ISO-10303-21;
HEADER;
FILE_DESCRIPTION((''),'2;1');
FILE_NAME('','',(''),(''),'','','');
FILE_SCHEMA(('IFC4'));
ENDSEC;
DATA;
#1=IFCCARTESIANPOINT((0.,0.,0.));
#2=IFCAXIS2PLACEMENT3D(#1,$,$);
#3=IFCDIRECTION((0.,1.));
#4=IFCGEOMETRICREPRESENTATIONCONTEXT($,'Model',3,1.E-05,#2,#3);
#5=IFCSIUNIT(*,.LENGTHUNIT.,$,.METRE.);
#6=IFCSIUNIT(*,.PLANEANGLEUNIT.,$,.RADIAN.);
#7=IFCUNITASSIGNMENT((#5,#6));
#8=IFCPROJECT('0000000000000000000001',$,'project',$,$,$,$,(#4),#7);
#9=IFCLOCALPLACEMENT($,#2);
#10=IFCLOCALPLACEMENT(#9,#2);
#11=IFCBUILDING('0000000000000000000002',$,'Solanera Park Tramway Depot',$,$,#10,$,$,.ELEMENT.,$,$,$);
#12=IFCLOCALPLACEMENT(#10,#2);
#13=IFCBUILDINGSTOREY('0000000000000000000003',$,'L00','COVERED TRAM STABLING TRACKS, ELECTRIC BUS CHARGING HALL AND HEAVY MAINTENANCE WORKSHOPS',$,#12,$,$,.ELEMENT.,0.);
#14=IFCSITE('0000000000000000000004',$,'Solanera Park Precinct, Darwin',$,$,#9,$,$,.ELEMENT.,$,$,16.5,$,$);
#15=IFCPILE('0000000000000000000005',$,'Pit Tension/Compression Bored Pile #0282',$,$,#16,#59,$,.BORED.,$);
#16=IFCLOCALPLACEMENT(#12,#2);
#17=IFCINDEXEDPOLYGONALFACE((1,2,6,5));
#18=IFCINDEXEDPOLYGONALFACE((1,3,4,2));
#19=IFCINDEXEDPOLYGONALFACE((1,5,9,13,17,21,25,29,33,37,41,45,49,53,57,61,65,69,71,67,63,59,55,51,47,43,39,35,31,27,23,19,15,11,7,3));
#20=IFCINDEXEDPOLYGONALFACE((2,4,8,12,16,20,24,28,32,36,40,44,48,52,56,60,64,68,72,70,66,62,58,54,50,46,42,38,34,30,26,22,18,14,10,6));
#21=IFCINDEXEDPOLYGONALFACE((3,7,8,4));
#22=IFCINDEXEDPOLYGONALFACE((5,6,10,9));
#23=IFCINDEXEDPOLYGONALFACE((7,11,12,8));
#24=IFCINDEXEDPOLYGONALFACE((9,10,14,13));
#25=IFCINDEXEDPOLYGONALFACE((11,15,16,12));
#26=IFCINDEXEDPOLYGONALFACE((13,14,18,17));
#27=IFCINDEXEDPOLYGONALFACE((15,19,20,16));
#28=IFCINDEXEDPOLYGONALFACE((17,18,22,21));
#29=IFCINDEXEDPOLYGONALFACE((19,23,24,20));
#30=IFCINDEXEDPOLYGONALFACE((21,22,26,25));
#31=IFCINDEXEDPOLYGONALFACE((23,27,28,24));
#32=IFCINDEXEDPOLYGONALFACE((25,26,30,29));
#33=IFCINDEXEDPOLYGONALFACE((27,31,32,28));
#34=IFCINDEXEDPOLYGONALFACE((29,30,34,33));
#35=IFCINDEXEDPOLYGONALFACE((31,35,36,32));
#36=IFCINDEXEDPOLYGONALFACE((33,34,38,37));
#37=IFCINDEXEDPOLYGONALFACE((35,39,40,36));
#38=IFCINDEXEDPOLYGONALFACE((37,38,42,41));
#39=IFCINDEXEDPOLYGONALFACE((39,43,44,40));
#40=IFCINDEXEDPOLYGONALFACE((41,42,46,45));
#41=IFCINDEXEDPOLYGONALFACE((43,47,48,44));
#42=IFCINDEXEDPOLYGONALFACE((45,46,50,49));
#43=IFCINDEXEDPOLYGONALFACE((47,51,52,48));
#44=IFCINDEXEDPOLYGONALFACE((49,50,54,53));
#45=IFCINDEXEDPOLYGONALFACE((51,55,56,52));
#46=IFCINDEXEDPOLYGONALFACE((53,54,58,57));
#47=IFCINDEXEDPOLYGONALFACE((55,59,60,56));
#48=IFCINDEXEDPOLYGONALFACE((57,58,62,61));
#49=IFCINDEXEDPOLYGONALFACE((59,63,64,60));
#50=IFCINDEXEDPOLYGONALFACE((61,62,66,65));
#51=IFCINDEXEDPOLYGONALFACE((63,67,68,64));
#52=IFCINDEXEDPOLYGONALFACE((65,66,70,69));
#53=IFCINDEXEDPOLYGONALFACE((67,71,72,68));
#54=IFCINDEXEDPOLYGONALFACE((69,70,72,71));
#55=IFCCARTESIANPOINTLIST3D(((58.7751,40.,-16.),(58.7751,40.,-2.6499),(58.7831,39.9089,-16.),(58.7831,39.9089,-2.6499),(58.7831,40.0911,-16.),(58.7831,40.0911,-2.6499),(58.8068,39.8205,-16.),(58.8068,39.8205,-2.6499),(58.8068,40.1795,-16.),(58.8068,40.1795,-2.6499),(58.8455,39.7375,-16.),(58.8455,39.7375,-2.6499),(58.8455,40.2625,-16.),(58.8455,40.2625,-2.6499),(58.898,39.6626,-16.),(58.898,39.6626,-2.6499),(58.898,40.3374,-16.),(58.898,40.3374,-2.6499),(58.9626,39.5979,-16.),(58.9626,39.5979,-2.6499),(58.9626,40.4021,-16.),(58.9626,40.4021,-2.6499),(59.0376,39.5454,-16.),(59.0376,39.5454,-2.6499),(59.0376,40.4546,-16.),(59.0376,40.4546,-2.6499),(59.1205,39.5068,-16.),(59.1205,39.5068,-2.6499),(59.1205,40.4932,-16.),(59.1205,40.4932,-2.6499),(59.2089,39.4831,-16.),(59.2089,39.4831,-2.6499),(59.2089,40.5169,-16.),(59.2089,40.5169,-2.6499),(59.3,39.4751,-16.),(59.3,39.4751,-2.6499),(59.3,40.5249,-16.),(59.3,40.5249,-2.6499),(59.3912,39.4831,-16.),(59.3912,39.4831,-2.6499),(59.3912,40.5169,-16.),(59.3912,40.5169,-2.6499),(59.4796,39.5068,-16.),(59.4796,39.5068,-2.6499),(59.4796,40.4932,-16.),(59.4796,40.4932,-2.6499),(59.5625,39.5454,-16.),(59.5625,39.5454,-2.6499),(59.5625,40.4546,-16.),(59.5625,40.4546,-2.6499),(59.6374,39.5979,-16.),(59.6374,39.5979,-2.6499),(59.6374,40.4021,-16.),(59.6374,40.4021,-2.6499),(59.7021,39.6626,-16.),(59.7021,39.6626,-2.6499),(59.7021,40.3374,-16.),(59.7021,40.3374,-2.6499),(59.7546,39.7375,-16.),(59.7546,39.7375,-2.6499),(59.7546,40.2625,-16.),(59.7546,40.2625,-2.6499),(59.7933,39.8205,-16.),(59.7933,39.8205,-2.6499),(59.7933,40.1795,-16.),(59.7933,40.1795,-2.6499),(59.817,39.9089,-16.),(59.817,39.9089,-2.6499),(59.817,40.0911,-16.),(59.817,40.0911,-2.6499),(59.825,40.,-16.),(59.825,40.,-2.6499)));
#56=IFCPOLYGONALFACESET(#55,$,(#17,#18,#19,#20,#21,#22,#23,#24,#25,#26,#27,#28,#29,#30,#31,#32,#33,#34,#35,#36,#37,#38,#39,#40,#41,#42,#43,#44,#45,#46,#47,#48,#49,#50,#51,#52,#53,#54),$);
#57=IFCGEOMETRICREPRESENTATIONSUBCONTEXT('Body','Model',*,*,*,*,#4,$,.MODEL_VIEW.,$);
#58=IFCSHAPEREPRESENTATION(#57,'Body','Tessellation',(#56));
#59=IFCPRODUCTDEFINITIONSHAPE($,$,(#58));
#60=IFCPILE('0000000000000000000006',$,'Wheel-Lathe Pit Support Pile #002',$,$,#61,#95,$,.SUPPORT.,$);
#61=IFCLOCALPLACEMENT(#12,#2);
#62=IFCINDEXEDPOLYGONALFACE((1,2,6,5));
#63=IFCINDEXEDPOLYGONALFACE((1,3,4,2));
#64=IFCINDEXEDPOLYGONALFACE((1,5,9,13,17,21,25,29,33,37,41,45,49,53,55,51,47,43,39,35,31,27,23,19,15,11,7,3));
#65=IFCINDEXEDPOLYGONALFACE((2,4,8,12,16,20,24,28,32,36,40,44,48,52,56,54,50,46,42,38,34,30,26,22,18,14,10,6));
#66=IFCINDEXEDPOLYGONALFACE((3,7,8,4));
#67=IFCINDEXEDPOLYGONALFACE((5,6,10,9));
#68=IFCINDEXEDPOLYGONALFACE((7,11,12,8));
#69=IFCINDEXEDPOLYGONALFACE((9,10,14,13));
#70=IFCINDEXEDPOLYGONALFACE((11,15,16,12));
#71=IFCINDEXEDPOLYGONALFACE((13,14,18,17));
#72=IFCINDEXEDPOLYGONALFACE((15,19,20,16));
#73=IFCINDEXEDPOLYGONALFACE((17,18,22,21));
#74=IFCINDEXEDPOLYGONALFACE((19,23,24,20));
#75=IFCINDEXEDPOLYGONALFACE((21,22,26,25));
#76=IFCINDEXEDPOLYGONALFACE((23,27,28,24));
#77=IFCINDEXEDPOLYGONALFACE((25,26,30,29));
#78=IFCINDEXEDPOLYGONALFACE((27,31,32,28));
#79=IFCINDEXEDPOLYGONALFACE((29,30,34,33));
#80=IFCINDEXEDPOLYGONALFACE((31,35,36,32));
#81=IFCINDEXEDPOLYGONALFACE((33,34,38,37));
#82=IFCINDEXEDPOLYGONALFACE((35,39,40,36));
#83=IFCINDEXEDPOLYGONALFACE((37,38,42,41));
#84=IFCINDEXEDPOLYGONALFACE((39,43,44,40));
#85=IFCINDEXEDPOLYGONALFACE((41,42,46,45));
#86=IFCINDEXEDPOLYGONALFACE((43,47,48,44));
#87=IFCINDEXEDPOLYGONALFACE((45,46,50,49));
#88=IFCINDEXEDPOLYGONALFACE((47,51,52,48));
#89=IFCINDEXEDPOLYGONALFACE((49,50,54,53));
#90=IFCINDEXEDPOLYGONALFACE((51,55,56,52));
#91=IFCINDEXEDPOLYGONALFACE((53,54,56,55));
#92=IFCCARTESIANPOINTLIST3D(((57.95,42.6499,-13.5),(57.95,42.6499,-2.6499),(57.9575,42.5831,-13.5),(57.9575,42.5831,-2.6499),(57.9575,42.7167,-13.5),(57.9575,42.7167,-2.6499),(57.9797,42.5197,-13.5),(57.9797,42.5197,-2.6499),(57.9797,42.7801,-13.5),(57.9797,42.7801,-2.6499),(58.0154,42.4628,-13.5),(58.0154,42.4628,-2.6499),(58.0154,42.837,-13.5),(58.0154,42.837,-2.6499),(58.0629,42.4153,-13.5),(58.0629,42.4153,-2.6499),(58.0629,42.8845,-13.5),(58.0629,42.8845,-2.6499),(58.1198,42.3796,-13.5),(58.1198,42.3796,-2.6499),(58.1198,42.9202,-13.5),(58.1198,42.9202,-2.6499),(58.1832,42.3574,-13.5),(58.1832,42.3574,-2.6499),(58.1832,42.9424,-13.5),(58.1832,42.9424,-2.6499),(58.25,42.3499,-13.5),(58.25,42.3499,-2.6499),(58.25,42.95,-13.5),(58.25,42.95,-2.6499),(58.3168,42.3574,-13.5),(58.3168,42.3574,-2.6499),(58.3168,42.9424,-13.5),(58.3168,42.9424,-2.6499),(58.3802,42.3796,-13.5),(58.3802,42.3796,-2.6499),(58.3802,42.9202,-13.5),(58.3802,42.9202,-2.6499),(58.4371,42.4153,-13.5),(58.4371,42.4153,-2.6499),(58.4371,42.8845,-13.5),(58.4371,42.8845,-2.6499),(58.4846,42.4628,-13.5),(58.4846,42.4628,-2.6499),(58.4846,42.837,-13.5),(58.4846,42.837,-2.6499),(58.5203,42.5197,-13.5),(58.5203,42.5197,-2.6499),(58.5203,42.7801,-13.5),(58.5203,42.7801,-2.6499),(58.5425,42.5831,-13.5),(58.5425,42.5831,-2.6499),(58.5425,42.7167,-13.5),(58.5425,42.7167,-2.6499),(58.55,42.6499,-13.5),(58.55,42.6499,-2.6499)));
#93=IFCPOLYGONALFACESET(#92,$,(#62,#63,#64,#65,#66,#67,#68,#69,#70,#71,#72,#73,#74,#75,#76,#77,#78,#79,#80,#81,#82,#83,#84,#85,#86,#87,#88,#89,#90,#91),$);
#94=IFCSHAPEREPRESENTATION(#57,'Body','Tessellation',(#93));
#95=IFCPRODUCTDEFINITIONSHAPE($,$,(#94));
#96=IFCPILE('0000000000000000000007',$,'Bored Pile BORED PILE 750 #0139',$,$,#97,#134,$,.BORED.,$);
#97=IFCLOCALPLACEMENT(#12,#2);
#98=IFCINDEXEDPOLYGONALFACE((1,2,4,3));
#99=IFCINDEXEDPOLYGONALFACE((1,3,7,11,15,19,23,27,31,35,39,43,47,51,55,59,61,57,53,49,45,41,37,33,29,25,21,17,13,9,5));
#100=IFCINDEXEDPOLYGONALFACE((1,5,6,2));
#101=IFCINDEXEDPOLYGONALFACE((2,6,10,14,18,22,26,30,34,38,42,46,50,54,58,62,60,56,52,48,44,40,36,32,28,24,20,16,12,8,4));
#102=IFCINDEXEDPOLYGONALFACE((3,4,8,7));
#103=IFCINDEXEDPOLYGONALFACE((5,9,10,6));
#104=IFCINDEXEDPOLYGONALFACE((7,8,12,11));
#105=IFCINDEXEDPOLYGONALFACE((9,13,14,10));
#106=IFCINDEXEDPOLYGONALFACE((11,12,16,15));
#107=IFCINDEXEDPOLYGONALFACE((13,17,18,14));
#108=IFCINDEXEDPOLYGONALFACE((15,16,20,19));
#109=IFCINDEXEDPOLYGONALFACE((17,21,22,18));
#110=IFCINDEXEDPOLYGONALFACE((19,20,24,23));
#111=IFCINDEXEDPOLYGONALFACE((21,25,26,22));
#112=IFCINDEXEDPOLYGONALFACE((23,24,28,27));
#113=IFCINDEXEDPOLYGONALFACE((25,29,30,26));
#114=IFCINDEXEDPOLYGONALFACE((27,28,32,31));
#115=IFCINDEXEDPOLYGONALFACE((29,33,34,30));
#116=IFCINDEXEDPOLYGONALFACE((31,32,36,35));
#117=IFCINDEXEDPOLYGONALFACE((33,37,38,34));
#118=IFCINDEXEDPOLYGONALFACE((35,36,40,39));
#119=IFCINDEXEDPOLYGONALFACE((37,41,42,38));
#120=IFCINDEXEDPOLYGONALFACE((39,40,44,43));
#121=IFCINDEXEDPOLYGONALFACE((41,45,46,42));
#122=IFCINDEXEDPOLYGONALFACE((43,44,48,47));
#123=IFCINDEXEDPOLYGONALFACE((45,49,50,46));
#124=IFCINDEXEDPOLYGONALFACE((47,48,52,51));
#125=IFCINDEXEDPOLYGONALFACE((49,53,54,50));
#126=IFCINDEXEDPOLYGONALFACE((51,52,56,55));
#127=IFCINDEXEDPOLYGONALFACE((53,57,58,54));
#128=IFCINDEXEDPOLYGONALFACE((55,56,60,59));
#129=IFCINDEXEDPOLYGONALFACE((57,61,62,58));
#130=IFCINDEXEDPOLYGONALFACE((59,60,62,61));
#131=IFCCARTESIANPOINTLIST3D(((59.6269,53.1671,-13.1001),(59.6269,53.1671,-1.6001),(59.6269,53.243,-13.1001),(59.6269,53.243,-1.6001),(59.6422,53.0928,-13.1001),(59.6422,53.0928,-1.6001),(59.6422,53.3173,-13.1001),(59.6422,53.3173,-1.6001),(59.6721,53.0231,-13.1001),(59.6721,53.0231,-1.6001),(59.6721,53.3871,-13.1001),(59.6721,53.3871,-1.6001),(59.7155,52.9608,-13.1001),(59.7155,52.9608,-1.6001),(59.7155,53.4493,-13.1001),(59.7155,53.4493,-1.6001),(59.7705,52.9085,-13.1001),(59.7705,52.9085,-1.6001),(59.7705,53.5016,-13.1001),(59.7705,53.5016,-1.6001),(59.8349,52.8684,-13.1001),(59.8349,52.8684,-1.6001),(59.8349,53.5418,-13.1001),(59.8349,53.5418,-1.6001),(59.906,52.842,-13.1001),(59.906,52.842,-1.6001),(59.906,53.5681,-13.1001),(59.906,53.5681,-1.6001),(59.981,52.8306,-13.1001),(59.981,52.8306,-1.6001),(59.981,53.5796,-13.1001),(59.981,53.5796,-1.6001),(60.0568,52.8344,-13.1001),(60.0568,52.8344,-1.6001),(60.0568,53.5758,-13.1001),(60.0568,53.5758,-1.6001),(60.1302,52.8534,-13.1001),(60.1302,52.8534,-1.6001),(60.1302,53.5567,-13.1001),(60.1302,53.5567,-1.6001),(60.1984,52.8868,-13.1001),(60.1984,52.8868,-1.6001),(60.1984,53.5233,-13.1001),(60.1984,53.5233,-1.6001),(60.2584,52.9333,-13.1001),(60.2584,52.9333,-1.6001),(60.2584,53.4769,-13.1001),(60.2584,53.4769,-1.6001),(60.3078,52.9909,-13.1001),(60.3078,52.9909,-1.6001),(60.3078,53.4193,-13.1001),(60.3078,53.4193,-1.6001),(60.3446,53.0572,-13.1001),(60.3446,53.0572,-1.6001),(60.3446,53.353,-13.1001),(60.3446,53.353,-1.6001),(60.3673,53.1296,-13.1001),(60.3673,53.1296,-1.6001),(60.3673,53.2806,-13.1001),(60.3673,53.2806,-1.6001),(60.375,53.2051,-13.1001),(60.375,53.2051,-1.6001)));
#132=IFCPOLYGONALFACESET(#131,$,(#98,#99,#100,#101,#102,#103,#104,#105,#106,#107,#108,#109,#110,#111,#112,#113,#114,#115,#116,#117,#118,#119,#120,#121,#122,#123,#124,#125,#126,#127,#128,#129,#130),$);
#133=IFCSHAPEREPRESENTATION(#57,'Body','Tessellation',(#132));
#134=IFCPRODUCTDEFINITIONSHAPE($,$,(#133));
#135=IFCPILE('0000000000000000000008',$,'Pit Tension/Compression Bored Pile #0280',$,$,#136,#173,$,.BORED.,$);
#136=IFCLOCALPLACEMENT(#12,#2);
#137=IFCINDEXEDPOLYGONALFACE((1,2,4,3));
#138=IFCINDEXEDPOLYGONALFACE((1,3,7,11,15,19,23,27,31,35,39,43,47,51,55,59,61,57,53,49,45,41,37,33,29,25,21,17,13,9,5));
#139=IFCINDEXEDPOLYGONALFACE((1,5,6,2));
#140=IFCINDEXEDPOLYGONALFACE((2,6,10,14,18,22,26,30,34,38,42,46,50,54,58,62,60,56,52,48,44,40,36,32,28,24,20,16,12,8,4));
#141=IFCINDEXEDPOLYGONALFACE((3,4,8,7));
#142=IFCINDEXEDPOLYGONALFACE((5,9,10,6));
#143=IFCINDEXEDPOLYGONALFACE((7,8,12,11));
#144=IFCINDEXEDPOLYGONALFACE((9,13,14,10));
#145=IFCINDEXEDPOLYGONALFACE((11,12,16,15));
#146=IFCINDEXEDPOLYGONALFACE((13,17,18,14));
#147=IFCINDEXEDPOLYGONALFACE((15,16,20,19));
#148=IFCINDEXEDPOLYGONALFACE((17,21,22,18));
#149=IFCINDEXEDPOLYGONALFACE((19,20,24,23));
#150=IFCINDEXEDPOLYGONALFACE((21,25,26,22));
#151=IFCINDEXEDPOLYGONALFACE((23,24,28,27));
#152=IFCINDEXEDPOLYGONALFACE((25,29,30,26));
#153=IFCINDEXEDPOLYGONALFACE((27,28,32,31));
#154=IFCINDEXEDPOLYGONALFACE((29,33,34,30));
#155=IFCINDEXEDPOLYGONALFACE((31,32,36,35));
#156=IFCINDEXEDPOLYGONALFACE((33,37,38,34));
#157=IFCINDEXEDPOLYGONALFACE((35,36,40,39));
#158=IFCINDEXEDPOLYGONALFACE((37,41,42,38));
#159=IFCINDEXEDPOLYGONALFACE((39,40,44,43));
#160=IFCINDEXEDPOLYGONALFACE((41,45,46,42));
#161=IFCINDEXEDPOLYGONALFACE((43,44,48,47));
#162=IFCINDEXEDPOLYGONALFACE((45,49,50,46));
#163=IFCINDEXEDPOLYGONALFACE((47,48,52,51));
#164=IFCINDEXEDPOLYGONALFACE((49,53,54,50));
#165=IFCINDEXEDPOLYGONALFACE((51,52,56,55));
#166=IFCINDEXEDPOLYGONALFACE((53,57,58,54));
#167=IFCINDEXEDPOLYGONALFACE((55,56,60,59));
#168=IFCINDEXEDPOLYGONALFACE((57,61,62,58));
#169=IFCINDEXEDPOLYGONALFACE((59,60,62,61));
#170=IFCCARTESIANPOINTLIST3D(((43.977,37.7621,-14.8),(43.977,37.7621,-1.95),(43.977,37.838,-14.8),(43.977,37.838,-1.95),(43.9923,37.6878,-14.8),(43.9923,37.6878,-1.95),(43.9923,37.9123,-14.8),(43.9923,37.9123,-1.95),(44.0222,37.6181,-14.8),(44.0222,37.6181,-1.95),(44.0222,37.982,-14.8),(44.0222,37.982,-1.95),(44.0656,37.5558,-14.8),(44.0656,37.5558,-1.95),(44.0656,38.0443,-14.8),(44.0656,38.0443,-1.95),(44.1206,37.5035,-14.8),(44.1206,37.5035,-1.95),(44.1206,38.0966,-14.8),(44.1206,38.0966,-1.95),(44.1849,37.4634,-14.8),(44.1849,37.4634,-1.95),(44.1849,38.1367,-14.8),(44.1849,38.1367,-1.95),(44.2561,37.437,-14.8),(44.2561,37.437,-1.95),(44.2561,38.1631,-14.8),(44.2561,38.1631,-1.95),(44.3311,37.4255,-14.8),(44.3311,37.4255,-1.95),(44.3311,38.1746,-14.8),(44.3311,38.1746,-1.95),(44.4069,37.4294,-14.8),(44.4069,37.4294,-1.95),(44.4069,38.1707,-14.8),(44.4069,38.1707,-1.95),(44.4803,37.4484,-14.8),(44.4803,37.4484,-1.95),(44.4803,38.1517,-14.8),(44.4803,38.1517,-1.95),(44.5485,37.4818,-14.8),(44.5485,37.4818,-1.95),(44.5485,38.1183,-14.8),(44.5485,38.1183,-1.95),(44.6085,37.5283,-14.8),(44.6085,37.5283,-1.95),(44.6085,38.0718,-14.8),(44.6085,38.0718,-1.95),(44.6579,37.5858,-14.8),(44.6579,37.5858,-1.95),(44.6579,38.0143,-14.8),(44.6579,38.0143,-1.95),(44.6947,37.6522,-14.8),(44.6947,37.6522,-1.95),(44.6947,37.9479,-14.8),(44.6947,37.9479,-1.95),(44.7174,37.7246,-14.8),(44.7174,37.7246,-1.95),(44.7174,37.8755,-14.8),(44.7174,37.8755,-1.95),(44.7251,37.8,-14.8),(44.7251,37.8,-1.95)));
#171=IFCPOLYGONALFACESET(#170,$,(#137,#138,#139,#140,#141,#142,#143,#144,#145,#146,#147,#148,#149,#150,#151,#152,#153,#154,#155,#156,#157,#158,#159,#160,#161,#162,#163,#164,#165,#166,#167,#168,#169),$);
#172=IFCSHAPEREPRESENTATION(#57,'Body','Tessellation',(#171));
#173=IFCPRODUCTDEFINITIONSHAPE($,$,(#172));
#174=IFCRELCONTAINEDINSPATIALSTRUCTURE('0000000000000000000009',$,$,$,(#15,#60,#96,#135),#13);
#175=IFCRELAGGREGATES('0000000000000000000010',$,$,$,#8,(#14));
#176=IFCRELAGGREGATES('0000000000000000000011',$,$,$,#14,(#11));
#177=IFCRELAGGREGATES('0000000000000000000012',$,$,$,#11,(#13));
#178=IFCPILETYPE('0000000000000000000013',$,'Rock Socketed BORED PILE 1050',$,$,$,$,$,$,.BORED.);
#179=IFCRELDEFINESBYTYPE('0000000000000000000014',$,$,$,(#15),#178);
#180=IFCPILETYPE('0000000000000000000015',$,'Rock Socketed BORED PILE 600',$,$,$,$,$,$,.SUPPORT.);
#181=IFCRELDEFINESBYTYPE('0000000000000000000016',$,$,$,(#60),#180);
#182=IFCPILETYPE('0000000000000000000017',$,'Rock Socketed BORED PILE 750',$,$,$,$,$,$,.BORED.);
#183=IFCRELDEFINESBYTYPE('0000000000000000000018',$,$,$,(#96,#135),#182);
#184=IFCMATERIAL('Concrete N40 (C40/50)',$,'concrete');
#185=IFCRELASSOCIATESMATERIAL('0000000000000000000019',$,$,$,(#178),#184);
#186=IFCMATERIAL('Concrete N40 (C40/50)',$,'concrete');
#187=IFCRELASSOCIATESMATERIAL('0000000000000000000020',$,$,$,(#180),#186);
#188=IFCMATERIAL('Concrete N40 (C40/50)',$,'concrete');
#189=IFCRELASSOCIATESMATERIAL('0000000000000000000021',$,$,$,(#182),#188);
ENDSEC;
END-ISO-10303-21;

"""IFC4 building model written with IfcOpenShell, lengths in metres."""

from ifc_helpers import new_model, si_unit, direction, frame, origin, origin_2d, place, context, subcontext, project, spatial, circle, extrude, material, material_profile, profile_set, type_object, element, save


model = new_model("IFC4")

# Units and contexts
model_context = context("Model", 3, precision=1e-05, world=origin(), true_north=direction((0.0, 1.0)))
body_context = subcontext(model_context, "Body", "Model", "MODEL_VIEW")
ifc_project = project(units=[si_unit("LENGTHUNIT", "METRE"), si_unit("PLANEANGLEUNIT", "RADIAN")], contexts=[model_context])

# Site, building, storey
site_placement = place(None, origin())
site = spatial("IfcSite", under=ifc_project, at=site_placement, Name="Solanera Park Precinct, Darwin", CompositionType="ELEMENT", RefElevation=16.5)
building_placement = place(site_placement, origin())
building = spatial("IfcBuilding", under=site, at=building_placement, Name="Solanera Park Tramway Depot", CompositionType="ELEMENT")
storey_placement = place(building_placement, origin())
storey = spatial("IfcBuildingStorey", under=building, at=storey_placement, Name="L00", Description="COVERED TRAM STABLING TRACKS, ELECTRIC BUS CHARGING HALL AND HEAVY MAINTENANCE WORKSHOPS", CompositionType="ELEMENT", Elevation=0.0)

# Piles
ifc_material_1 = material(Name="Concrete N40 (C40/50)", Category="concrete")
ifc_material_profile_1 = material_profile(ifc_material_1, circle(Radius=0.5249, at=origin_2d()), Name="BORED PILE 1050")
ifc_profile_set_1 = profile_set([ifc_material_profile_1], Name="Concrete N40 (C40/50)")
pile_type_1 = type_object("IfcPileType", Name="Rock Socketed BORED PILE 1050", PredefinedType="BORED", material=ifc_profile_set_1)
pile_1_placement = place(storey_placement, frame((59.3, 40.0, -2.6499), z_axis=(0.0, 0.0, -1.0), x_axis=(1.0, 0.0, 0.0)))
element("IfcPile", 1, at=pile_1_placement, inside=storey, type_object=pile_type_1, Name="Pit Tension/Compression Bored Pile #0282", PredefinedType="BORED", context=body_context, shape_type="SweptSolid", body=[
    extrude(circle(Radius=0.5249, at=origin_2d()), origin(), (0.0, 0.0, 1.0), 13.3501),
])
ifc_material_2 = material(Name="Concrete N40 (C40/50)", Category="concrete")
ifc_material_profile_2 = material_profile(ifc_material_2, circle(Radius=0.3, at=origin_2d()), Name="BORED PILE 600")
ifc_profile_set_2 = profile_set([ifc_material_profile_2], Name="Concrete N40 (C40/50)")
pile_type_2 = type_object("IfcPileType", Name="Rock Socketed BORED PILE 600", PredefinedType="SUPPORT", material=ifc_profile_set_2)
pile_2_placement = place(storey_placement, frame((58.25, 42.6499, -2.6499), z_axis=(0.0, 0.0, -1.0), x_axis=(1.0, 0.0, 0.0)))
element("IfcPile", 2, at=pile_2_placement, inside=storey, type_object=pile_type_2, Name="Wheel-Lathe Pit Support Pile #002", PredefinedType="SUPPORT", context=body_context, shape_type="SweptSolid", body=[
    extrude(circle(Radius=0.3, at=origin_2d()), origin(), (0.0, 0.0, 1.0), 10.8501),
])
ifc_material_3 = material(Name="Concrete N40 (C40/50)", Category="concrete")
ifc_material_profile_3 = material_profile(ifc_material_3, circle(Radius=0.375, at=origin_2d()), Name="BORED PILE 750")
ifc_profile_set_3 = profile_set([ifc_material_profile_3], Name="Concrete N40 (C40/50)")
pile_type_3 = type_object("IfcPileType", Name="Rock Socketed BORED PILE 750", PredefinedType="BORED", material=ifc_profile_set_3)
pile_3_placement = place(storey_placement, frame((60.0, 53.2051, -1.6001), z_axis=(0.0, 0.0, -1.0), x_axis=(1.0, 0.0, 0.0)))
element("IfcPile", 3, at=pile_3_placement, inside=storey, type_object=pile_type_3, Name="Bored Pile BORED PILE 750 #0139", PredefinedType="BORED", context=body_context, shape_type="SweptSolid", body=[
    extrude(circle(Radius=0.375, at=origin_2d()), origin(), (0.0, 0.0, 1.0), 11.5),
])
for number, where, z_axis, x_axis, name in (
    (4, (44.3501, 37.8, -1.95), (0.0, 0.0, -1.0), (1.0, 0.0, 0.0), "Pit Tension/Compression Bored Pile #0280"),
):
    element("IfcPile", number, at=place(storey_placement, frame(where, z_axis=z_axis, x_axis=x_axis)), inside=storey, type_object=pile_type_3, Name=name, PredefinedType="BORED", context=body_context, shape_type="SweptSolid", body=[
        extrude(circle(Radius=0.375, at=origin_2d()), origin(), (0.0, 0.0, 1.0), 12.8501),
    ])

save(model, "model.ifc")
